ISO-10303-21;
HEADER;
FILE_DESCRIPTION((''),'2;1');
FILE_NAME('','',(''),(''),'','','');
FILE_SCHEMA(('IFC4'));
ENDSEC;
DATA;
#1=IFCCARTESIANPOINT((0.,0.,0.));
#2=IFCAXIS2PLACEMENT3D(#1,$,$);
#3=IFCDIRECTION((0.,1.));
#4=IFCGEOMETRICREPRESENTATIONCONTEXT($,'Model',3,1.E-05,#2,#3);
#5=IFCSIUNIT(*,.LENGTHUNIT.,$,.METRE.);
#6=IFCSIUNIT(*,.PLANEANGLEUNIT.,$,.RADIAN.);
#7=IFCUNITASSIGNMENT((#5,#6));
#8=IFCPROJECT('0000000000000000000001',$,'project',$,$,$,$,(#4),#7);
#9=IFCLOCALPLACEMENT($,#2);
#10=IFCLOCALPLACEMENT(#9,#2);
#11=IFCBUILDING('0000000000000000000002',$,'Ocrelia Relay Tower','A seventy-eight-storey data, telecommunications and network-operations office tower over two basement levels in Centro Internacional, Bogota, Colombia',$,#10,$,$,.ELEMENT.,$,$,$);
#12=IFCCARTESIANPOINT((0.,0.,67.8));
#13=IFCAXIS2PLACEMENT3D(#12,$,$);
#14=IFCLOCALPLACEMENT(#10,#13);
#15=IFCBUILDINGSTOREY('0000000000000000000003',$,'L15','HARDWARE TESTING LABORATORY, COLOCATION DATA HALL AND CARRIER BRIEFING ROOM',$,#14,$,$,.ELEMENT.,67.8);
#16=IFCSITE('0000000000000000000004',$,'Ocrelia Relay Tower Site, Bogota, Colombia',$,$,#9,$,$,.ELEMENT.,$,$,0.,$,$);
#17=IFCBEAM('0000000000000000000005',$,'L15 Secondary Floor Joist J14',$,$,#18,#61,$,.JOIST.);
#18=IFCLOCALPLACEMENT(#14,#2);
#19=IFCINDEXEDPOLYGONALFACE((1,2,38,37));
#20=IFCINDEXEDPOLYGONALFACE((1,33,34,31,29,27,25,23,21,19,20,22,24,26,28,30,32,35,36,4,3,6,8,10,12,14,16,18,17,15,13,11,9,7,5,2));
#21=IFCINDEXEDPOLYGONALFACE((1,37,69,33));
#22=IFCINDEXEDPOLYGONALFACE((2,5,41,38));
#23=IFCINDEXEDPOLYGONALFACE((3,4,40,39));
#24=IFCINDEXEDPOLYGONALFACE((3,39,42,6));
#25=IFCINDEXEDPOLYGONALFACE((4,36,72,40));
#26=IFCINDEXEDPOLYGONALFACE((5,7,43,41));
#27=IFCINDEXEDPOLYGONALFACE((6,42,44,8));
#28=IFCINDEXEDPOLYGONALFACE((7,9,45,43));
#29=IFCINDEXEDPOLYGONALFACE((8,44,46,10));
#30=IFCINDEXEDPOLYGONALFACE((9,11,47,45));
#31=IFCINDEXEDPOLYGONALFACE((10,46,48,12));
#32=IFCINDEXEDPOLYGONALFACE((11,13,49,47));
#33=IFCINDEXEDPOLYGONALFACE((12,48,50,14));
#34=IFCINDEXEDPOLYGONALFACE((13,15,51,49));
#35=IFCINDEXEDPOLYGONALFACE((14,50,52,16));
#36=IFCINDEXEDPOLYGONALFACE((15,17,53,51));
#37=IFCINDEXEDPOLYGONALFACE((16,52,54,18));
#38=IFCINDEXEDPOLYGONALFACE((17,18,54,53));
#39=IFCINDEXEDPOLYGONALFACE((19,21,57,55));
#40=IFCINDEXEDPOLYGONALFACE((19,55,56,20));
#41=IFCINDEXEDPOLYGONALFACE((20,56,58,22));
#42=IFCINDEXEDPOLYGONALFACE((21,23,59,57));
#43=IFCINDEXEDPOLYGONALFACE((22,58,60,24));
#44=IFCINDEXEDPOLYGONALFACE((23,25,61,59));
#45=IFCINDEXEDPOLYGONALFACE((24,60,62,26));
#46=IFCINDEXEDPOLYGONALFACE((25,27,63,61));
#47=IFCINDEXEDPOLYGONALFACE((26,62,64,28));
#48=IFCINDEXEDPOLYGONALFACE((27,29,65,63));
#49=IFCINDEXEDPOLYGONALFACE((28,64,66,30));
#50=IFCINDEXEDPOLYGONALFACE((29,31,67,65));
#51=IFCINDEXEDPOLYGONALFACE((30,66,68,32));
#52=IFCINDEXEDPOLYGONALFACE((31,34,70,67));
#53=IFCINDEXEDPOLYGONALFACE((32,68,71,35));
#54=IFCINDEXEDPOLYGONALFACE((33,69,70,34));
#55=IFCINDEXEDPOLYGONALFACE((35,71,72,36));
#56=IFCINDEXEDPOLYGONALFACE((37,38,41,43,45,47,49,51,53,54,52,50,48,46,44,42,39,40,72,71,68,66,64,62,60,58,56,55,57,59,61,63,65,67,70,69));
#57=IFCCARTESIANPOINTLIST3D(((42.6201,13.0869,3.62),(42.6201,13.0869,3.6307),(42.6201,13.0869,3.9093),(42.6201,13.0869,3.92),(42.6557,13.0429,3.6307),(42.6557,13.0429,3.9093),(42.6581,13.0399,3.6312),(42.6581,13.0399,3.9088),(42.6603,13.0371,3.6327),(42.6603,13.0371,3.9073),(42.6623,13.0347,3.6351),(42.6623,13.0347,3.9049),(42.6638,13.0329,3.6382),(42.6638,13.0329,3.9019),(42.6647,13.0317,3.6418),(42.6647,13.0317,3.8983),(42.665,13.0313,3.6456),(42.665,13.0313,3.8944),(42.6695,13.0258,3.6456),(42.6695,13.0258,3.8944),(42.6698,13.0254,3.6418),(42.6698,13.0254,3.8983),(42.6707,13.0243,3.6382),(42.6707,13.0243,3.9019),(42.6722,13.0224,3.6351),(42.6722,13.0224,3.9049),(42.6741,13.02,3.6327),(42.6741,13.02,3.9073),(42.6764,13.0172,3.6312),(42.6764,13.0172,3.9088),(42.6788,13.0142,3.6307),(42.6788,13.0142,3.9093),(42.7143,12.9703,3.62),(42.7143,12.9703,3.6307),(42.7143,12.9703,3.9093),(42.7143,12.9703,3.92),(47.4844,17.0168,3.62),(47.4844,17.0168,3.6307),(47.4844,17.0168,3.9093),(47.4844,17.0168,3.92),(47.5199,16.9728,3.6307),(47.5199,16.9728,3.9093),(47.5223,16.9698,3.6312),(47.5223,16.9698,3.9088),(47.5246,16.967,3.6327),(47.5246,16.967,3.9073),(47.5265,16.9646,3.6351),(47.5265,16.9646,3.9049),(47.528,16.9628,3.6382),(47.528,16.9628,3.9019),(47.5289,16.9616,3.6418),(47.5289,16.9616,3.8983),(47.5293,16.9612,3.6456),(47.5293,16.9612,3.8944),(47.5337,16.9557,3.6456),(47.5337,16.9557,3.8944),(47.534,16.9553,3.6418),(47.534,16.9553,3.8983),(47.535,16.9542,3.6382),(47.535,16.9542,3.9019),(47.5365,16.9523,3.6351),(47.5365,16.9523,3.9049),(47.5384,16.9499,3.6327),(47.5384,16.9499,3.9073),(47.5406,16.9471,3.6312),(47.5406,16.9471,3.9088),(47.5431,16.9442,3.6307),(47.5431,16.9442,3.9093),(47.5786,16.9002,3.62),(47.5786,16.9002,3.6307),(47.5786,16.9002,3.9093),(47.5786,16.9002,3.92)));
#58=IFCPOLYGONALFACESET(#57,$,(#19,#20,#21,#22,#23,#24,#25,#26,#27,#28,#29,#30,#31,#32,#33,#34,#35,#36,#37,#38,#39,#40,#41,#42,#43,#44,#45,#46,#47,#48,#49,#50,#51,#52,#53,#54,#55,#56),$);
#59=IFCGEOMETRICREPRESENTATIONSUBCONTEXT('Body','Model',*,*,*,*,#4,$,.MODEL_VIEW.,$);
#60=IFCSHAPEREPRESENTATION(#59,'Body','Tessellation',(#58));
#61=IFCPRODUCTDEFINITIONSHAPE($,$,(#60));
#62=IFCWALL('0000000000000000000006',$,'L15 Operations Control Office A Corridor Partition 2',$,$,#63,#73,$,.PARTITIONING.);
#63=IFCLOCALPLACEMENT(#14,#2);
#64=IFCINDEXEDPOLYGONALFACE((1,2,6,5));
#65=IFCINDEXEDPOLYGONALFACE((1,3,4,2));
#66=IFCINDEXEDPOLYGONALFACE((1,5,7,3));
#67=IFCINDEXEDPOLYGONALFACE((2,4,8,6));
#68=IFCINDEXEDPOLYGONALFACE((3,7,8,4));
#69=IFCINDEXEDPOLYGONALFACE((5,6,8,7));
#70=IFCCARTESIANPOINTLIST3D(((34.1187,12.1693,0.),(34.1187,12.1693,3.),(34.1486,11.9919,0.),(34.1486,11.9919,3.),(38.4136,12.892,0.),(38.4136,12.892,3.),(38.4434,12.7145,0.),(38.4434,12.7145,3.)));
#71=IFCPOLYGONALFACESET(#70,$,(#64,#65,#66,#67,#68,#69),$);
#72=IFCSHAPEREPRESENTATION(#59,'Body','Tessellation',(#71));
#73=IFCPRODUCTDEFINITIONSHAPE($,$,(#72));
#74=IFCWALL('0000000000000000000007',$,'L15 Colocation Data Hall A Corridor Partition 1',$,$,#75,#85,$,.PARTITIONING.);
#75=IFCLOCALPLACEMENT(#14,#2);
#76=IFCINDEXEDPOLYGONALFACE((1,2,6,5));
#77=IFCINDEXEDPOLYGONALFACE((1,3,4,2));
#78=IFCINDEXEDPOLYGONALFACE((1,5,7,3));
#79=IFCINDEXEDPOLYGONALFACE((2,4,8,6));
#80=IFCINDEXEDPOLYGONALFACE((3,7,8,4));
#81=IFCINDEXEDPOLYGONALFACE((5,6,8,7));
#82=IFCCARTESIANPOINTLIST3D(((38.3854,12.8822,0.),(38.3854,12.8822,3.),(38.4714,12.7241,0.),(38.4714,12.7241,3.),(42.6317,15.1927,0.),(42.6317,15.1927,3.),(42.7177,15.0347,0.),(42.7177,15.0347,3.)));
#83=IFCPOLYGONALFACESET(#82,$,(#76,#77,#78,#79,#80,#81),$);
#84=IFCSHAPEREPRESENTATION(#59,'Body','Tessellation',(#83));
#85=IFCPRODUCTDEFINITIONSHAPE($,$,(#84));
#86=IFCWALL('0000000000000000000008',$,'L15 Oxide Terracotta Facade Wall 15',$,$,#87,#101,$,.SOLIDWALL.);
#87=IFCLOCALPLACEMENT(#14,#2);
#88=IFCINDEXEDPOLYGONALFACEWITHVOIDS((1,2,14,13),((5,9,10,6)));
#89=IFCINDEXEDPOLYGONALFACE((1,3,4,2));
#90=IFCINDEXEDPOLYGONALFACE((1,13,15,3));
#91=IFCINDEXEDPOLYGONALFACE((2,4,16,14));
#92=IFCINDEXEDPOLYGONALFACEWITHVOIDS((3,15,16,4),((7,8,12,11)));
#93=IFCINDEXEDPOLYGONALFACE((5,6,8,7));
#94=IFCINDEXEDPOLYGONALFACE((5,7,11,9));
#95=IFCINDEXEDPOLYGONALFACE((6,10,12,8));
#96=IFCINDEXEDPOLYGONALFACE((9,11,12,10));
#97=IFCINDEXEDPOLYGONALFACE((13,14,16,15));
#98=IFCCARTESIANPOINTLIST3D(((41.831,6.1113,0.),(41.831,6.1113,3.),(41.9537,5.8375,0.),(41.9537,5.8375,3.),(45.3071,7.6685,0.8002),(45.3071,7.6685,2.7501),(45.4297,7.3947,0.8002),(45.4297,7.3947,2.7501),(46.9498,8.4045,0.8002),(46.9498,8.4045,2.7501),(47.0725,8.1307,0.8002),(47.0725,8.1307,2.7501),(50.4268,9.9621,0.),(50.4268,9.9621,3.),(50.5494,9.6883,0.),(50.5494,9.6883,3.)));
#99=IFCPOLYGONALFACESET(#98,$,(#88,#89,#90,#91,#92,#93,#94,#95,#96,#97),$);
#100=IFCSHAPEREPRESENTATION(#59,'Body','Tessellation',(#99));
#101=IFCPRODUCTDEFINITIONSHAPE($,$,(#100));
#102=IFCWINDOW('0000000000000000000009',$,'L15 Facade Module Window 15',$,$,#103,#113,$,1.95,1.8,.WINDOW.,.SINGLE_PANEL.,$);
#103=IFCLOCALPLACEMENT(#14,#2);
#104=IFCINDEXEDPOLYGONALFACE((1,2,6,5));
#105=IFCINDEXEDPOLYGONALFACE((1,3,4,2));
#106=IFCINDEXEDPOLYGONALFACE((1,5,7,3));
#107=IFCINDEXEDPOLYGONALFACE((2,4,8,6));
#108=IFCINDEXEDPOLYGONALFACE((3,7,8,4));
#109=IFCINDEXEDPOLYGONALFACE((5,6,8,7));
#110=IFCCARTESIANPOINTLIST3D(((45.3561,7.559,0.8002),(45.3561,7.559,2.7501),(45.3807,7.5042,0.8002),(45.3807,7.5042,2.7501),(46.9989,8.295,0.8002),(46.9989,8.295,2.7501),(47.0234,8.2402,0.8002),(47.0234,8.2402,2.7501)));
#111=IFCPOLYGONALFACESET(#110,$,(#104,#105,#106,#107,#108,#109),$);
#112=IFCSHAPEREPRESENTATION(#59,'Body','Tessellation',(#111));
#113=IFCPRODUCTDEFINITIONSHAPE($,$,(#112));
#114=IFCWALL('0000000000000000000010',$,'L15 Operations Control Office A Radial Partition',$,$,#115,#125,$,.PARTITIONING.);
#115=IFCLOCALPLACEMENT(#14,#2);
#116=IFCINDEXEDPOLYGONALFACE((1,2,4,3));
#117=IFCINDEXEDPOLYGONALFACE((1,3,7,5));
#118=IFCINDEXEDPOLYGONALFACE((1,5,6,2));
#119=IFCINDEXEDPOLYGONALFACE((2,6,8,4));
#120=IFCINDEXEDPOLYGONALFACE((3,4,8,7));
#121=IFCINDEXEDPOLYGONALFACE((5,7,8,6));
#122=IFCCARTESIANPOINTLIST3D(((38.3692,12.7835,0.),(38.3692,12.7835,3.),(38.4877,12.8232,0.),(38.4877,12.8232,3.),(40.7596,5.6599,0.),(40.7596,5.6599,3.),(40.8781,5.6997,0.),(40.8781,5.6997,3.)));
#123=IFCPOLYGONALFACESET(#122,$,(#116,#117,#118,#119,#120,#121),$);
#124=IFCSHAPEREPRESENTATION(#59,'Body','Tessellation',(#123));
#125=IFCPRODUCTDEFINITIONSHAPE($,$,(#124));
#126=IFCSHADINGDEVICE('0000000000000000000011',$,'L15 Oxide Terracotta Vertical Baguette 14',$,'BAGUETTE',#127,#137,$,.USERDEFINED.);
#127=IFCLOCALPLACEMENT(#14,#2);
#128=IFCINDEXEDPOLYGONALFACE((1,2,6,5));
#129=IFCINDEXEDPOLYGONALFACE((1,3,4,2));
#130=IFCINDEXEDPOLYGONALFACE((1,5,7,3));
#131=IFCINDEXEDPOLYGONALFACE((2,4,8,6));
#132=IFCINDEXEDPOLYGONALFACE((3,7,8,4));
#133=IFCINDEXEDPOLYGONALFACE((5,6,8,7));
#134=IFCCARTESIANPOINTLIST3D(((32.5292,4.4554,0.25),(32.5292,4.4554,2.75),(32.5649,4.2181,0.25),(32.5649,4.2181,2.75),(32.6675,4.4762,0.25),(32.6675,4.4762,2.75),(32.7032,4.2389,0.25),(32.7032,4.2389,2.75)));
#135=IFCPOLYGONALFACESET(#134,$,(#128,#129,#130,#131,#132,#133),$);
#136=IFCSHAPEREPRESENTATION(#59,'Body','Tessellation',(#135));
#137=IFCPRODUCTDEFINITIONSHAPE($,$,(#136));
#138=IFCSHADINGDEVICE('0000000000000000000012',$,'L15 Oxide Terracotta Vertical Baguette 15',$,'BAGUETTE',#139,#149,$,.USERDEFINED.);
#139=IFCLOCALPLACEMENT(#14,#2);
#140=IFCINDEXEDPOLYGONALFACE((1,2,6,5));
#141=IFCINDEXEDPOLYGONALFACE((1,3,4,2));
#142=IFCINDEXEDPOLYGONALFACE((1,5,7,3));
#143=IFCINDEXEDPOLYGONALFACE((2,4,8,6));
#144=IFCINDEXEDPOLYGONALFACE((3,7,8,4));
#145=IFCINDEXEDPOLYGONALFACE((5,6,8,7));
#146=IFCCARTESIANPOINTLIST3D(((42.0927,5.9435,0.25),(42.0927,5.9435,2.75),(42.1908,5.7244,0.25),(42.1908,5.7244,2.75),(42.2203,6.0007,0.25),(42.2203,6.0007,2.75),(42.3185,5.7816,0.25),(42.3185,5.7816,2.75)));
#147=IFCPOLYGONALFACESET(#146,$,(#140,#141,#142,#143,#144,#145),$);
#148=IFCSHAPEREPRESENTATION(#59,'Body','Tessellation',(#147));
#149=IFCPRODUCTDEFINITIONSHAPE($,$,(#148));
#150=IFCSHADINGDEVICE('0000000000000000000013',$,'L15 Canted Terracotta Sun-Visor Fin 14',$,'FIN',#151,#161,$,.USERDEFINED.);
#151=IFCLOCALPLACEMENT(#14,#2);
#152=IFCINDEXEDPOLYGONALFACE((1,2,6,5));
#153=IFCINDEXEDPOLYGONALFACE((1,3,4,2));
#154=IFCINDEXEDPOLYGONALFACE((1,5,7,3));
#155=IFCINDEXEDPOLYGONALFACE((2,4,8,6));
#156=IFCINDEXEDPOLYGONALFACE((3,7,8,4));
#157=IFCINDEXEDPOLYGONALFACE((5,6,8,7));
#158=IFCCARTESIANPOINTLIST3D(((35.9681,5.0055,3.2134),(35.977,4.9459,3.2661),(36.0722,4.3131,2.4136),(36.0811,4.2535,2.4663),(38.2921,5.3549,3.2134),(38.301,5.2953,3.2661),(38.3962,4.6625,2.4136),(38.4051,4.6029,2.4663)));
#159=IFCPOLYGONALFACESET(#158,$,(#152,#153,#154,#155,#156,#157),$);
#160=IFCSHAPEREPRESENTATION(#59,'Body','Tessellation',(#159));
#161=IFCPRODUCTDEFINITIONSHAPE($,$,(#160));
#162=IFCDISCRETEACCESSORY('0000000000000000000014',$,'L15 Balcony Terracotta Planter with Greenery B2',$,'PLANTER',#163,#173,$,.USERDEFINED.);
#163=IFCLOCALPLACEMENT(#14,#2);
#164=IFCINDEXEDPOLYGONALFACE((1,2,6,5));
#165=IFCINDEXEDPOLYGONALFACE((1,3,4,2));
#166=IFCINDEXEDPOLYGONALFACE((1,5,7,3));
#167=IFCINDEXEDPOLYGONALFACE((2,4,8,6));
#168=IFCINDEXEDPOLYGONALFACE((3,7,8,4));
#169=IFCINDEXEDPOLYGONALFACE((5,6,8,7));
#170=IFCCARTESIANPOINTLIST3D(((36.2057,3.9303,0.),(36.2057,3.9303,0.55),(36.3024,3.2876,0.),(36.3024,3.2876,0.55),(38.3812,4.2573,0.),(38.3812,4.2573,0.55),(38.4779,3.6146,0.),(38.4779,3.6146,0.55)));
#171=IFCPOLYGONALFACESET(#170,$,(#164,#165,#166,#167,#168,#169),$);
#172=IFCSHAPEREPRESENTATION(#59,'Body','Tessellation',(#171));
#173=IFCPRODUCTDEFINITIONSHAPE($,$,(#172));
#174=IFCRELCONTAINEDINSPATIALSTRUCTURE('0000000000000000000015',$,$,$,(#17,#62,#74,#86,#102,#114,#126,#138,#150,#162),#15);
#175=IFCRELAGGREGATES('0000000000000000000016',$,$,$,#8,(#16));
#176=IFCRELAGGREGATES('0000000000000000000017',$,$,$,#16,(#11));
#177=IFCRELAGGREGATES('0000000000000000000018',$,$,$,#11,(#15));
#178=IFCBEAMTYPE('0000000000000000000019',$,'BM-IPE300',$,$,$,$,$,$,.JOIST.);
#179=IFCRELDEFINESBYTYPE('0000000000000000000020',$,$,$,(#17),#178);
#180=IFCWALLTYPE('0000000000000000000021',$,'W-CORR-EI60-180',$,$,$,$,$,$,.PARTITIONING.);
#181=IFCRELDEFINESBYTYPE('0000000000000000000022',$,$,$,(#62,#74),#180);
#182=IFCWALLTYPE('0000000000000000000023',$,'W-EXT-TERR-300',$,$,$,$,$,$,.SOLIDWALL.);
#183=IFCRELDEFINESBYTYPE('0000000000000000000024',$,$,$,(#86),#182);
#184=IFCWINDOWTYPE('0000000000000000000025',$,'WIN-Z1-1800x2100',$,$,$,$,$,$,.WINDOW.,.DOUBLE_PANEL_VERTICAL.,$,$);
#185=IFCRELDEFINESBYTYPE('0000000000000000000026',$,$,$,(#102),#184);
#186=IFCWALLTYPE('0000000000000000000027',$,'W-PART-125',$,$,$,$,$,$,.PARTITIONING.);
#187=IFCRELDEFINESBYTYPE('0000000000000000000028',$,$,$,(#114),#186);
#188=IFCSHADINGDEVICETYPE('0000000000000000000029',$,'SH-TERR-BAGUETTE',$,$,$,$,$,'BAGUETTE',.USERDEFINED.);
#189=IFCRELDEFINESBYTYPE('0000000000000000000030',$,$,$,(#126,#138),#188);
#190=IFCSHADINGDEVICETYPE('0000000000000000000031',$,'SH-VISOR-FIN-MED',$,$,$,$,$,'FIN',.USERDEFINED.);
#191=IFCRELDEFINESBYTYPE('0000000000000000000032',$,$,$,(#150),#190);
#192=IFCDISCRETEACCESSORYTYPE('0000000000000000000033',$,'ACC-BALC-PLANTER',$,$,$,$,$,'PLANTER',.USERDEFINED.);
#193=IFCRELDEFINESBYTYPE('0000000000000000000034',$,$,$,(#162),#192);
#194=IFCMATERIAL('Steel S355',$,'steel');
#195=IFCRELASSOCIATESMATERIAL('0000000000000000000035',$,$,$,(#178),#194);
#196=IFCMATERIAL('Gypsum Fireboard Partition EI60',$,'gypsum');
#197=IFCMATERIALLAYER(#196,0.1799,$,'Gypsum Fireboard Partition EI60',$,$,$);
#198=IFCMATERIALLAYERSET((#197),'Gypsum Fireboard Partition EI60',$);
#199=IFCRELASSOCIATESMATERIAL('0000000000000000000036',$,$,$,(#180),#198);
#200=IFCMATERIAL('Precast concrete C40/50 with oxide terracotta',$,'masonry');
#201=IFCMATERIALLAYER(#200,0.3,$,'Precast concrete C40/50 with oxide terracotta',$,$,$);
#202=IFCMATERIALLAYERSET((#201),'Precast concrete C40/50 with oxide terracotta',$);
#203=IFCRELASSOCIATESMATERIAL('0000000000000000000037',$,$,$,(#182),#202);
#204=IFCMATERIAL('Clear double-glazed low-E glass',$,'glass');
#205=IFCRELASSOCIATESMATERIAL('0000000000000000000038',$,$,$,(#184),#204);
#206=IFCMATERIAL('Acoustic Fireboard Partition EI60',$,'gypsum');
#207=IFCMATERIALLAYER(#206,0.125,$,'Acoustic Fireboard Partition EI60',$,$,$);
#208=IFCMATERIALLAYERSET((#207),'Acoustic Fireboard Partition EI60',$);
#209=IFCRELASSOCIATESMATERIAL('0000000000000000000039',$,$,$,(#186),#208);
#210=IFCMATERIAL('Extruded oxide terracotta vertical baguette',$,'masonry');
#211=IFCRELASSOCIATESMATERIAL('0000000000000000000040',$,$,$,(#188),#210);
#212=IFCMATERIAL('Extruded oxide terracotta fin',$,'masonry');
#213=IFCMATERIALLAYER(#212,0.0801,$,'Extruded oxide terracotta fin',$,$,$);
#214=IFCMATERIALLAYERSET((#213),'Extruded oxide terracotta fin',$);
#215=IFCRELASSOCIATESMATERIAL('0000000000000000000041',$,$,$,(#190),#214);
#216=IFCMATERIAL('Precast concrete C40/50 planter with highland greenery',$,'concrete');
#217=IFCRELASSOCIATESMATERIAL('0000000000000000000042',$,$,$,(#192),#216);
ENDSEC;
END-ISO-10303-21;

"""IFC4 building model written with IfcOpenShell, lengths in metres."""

from ifc_helpers import new_model, si_unit, direction, frame, frame_2d, origin, origin_2d, place, context, subcontext, project, spatial, rectangle, i_section, extrude, material, layer, layer_set, material_profile, profile_set, type_object, element, fill, save


model = new_model("IFC4")

# Units and contexts
model_context = context("Model", 3, precision=1e-05, world=origin(), true_north=direction((0.0, 1.0)))
body_context = subcontext(model_context, "Body", "Model", "MODEL_VIEW")
ifc_project = project(units=[si_unit("LENGTHUNIT", "METRE"), si_unit("PLANEANGLEUNIT", "RADIAN")], contexts=[model_context])

# Site, building, storey
site_placement = place(None, origin())
site = spatial("IfcSite", under=ifc_project, at=site_placement, Name="Ocrelia Relay Tower Site, Bogota, Colombia", CompositionType="ELEMENT", RefElevation=0.0)
building_placement = place(site_placement, origin())
building = spatial("IfcBuilding", under=site, at=building_placement, Name="Ocrelia Relay Tower", Description="A seventy-eight-storey data, telecommunications and network-operations office tower over two basement levels in Centro Internacional, Bogota, Colombia", CompositionType="ELEMENT")
storey_placement = place(building_placement, frame((0.0, 0.0, 67.8)))
storey = spatial("IfcBuildingStorey", under=building, at=storey_placement, Name="L15", Description="HARDWARE TESTING LABORATORY, COLOCATION DATA HALL AND CARRIER BRIEFING ROOM", CompositionType="ELEMENT", Elevation=67.8)

# Beam
ifc_material_1 = material(Name="Steel S355", Category="steel")
ifc_material_profile_1 = material_profile(ifc_material_1, i_section(OverallWidth=0.1499, OverallDepth=0.3, WebThickness=0.0071, FlangeThickness=0.0107, FilletRadius=0.0149, at=origin_2d()), Name="IPE 300")
ifc_profile_set_1 = profile_set([ifc_material_profile_1], Name="Steel S355")
beam_type_1 = type_object("IfcBeamType", Name="BM-IPE300", PredefinedType="JOIST", material=ifc_profile_set_1)
beam_1_placement = place(storey_placement, frame((42.6672, 13.0286, 3.77), z_axis=(0.777855, 0.628444, 0.0), x_axis=(-0.628444, 0.777855, 0.0)))
element("IfcBeam", 1, at=beam_1_placement, inside=storey, type_object=beam_type_1, Name="L15 Secondary Floor Joist J14", PredefinedType="JOIST", context=body_context, shape_type="SweptSolid", body=[
    extrude(i_section(OverallWidth=0.1499, OverallDepth=0.3, WebThickness=0.0071, FlangeThickness=0.0107, FilletRadius=0.0149, at=origin_2d()), origin(), (0.0, 0.0, 1.0), 6.2534),
])

# Walls
ifc_material_2 = material(Name="Gypsum Fireboard Partition EI60", Category="gypsum")
ifc_layer_1 = layer(ifc_material_2, 0.1799, Name="Gypsum Fireboard Partition EI60")
ifc_layer_set_1 = layer_set([ifc_layer_1], Name="Gypsum Fireboard Partition EI60")
wall_type_1 = type_object("IfcWallType", Name="W-CORR-EI60-180", PredefinedType="PARTITIONING", material=ifc_layer_set_1)
wall_1_placement = place(storey_placement, frame((34.1335, 12.0806, 0.0), z_axis=(0.0, 0.0, 1.0), x_axis=(0.986138, 0.165926, 0.0)))
element("IfcWall", 2, at=wall_1_placement, inside=storey, type_object=wall_type_1, Name="L15 Operations Control Office A Corridor Partition 2", PredefinedType="PARTITIONING", context=body_context, shape_type="SweptSolid", body=[
    extrude(rectangle(XDim=4.3552, YDim=0.1799, at=frame_2d((2.1777, 0.0))), origin(), (0.0, 0.0, 1.0), 3.0),
])
wall_2_placement = place(storey_placement, frame((38.4285, 12.8032, 0.0), z_axis=(0.0, 0.0, 1.0), x_axis=(0.878385, 0.477953, 0.0)))
element("IfcWall", 3, at=wall_2_placement, inside=storey, type_object=wall_type_1, Name="L15 Colocation Data Hall A Corridor Partition 1", PredefinedType="PARTITIONING", context=body_context, shape_type="SweptSolid", body=[
    extrude(rectangle(XDim=4.8342, YDim=0.1799, at=frame_2d((2.417, 0.0))), origin(), (0.0, 0.0, 1.0), 3.0),
])

# Shared definitions
ifc_material_3 = material(Name="Precast concrete C40/50 with oxide terracotta", Category="masonry")
ifc_layer_2 = layer(ifc_material_3, 0.3, Name="Precast concrete C40/50 with oxide terracotta")
ifc_layer_set_2 = layer_set([ifc_layer_2], Name="Precast concrete C40/50 with oxide terracotta")
wall_type_2 = type_object("IfcWallType", Name="W-EXT-TERR-300", PredefinedType="SOLIDWALL", material=ifc_layer_set_2)

# Wall, opening, window
wall_3_placement = place(storey_placement, frame((41.8923, 5.9744, 0.0), z_axis=(0.0, 0.0, 1.0), x_axis=(0.912605, 0.408842, 0.0)))
wall_3 = element("IfcWall", 4, at=wall_3_placement, inside=storey, type_object=wall_type_2, Name="L15 Oxide Terracotta Facade Wall 15", PredefinedType="SOLIDWALL", context=body_context, shape_type="SweptSolid", body=[
    extrude(rectangle(XDim=9.4189, YDim=0.3, at=frame_2d((4.7095, 0.0))), origin(), (0.0, 0.0, 1.0), 3.0),
])
opening_1_placement = place(wall_3_placement, frame((3.8091, 0.0, 0.8)))
opening_1 = element("IfcOpeningElement", 5, at=opening_1_placement, cuts=wall_3, PredefinedType="OPENING", context=body_context, shape_type="SweptSolid", body=[
    extrude(rectangle(XDim=1.8, YDim=1.95, at=frame_2d((0.8999, 0.9751))), frame((0.0, 0.1602, 0.0), z_axis=(0.0, -1.0, 0.0), x_axis=(1.0, 0.0, 0.0)), (0.0, 0.0, 1.0), 0.3201),
])
ifc_material_4 = material(Name="Clear double-glazed low-E glass", Category="glass")
window_type = type_object("IfcWindowType", Name="WIN-Z1-1800x2100", PartitioningType="DOUBLE_PANEL_VERTICAL", PredefinedType="WINDOW", material=ifc_material_4)
window_placement = place(opening_1_placement, origin())
window = element("IfcWindow", 6, at=window_placement, inside=storey, type_object=window_type, Name="L15 Facade Module Window 15", OverallHeight=1.95, OverallWidth=1.8, PartitioningType="SINGLE_PANEL", PredefinedType="WINDOW", context=body_context, shape_type="SweptSolid", body=[
    extrude(rectangle(XDim=1.8, YDim=1.95, at=frame_2d((0.8999, 0.9751))), frame((0.0, 0.03, 0.0), z_axis=(0.0, -1.0, 0.0), x_axis=(1.0, 0.0, 0.0)), (0.0, 0.0, 1.0), 0.0601),
])
fill(opening_1, window)

# Wall
ifc_material_5 = material(Name="Acoustic Fireboard Partition EI60", Category="gypsum")
ifc_layer_3 = layer(ifc_material_5, 0.125, Name="Acoustic Fireboard Partition EI60")
ifc_layer_set_3 = layer_set([ifc_layer_3], Name="Acoustic Fireboard Partition EI60")
wall_type_3 = type_object("IfcWallType", Name="W-PART-125", PredefinedType="PARTITIONING", material=ifc_layer_set_3)
wall_4_placement = place(storey_placement, frame((38.4285, 12.8032, 0.0), z_axis=(0.0, 0.0, 1.0), x_axis=(0.318128, -0.948048, 0.0)))
element("IfcWall", 7, at=wall_4_placement, inside=storey, type_object=wall_type_3, Name="L15 Operations Control Office A Radial Partition", PredefinedType="PARTITIONING", context=body_context, shape_type="SweptSolid", body=[
    extrude(rectangle(XDim=7.5139, YDim=0.125, at=frame_2d((3.7568, 0.0))), origin(), (0.0, 0.0, 1.0), 3.0),
])

# Shading devices
ifc_material_6 = material(Name="Extruded oxide terracotta vertical baguette", Category="masonry")
shading_device_type_1 = type_object("IfcShadingDeviceType", Name="SH-TERR-BAGUETTE", ElementType="BAGUETTE", PredefinedType="USERDEFINED", material=ifc_material_6)
for number, where, z_axis, x_axis, name in (
    (8, (32.6162, 4.3472, 0.25), (0.0, 0.0, 1.0), (0.988887, 0.148671, 0.0), "L15 Oxide Terracotta Vertical Baguette 14"),
    (9, (42.2056, 5.8625, 0.25), (0.0, 0.0, 1.0), (0.912604, 0.408844, 0.0), "L15 Oxide Terracotta Vertical Baguette 15"),
):
    element("IfcShadingDevice", number, at=place(storey_placement, frame(where, z_axis=z_axis, x_axis=x_axis)), inside=storey, type_object=shading_device_type_1, Name=name, ObjectType="BAGUETTE", PredefinedType="USERDEFINED", context=body_context, shape_type="SweptSolid", body=[
        extrude(rectangle(XDim=0.1399, YDim=0.24, at=origin_2d()), origin(), (0.0, 0.0, 1.0), 2.5),
    ])
ifc_material_7 = material(Name="Extruded oxide terracotta fin", Category="masonry")
ifc_layer_4 = layer(ifc_material_7, 0.0801, Name="Extruded oxide terracotta fin")
ifc_layer_set_4 = layer_set([ifc_layer_4], Name="Extruded oxide terracotta fin")
shading_device_type_2 = type_object("IfcShadingDeviceType", Name="SH-VISOR-FIN-MED", ElementType="FIN", PredefinedType="USERDEFINED", material=ifc_layer_set_4)
shading_device_placement = place(storey_placement, frame((37.1821, 4.834, 2.8135), z_axis=(0.111862, -0.744053, 0.658689), x_axis=(0.988887, 0.148671, 0.0)))
element("IfcShadingDevice", 10, at=shading_device_placement, inside=storey, type_object=shading_device_type_2, Name="L15 Canted Terracotta Sun-Visor Fin 14", ObjectType="FIN", PredefinedType="USERDEFINED", context=body_context, shape_type="SweptSolid", body=[
    extrude(rectangle(XDim=2.3501, YDim=1.063, at=origin_2d()), origin(), (0.0, 0.0, 1.0), 0.0801),
])

# Discrete accessory
ifc_material_8 = material(Name="Precast concrete C40/50 planter with highland greenery", Category="concrete")
discrete_accessory_type_1 = type_object("IfcDiscreteAccessoryType", Name="ACC-BALC-PLANTER", ElementType="PLANTER", PredefinedType="USERDEFINED", material=ifc_material_8)
for number, where, z_axis, x_axis, name in (
    (11, (37.3418, 3.7725, 0.0), (0.0, 0.0, 1.0), (-0.988888, -0.148663, 0.0), "L15 Balcony Terracotta Planter with Greenery B2"),
):
    element("IfcDiscreteAccessory", number, at=place(storey_placement, frame(where, z_axis=z_axis, x_axis=x_axis)), inside=storey, type_object=discrete_accessory_type_1, Name=name, ObjectType="PLANTER", PredefinedType="USERDEFINED", context=body_context, shape_type="SweptSolid", body=[
        extrude(rectangle(XDim=2.2, YDim=0.6499, at=origin_2d()), origin(), (0.0, 0.0, 1.0), 0.55),
    ])

save(model, "model.ifc")
